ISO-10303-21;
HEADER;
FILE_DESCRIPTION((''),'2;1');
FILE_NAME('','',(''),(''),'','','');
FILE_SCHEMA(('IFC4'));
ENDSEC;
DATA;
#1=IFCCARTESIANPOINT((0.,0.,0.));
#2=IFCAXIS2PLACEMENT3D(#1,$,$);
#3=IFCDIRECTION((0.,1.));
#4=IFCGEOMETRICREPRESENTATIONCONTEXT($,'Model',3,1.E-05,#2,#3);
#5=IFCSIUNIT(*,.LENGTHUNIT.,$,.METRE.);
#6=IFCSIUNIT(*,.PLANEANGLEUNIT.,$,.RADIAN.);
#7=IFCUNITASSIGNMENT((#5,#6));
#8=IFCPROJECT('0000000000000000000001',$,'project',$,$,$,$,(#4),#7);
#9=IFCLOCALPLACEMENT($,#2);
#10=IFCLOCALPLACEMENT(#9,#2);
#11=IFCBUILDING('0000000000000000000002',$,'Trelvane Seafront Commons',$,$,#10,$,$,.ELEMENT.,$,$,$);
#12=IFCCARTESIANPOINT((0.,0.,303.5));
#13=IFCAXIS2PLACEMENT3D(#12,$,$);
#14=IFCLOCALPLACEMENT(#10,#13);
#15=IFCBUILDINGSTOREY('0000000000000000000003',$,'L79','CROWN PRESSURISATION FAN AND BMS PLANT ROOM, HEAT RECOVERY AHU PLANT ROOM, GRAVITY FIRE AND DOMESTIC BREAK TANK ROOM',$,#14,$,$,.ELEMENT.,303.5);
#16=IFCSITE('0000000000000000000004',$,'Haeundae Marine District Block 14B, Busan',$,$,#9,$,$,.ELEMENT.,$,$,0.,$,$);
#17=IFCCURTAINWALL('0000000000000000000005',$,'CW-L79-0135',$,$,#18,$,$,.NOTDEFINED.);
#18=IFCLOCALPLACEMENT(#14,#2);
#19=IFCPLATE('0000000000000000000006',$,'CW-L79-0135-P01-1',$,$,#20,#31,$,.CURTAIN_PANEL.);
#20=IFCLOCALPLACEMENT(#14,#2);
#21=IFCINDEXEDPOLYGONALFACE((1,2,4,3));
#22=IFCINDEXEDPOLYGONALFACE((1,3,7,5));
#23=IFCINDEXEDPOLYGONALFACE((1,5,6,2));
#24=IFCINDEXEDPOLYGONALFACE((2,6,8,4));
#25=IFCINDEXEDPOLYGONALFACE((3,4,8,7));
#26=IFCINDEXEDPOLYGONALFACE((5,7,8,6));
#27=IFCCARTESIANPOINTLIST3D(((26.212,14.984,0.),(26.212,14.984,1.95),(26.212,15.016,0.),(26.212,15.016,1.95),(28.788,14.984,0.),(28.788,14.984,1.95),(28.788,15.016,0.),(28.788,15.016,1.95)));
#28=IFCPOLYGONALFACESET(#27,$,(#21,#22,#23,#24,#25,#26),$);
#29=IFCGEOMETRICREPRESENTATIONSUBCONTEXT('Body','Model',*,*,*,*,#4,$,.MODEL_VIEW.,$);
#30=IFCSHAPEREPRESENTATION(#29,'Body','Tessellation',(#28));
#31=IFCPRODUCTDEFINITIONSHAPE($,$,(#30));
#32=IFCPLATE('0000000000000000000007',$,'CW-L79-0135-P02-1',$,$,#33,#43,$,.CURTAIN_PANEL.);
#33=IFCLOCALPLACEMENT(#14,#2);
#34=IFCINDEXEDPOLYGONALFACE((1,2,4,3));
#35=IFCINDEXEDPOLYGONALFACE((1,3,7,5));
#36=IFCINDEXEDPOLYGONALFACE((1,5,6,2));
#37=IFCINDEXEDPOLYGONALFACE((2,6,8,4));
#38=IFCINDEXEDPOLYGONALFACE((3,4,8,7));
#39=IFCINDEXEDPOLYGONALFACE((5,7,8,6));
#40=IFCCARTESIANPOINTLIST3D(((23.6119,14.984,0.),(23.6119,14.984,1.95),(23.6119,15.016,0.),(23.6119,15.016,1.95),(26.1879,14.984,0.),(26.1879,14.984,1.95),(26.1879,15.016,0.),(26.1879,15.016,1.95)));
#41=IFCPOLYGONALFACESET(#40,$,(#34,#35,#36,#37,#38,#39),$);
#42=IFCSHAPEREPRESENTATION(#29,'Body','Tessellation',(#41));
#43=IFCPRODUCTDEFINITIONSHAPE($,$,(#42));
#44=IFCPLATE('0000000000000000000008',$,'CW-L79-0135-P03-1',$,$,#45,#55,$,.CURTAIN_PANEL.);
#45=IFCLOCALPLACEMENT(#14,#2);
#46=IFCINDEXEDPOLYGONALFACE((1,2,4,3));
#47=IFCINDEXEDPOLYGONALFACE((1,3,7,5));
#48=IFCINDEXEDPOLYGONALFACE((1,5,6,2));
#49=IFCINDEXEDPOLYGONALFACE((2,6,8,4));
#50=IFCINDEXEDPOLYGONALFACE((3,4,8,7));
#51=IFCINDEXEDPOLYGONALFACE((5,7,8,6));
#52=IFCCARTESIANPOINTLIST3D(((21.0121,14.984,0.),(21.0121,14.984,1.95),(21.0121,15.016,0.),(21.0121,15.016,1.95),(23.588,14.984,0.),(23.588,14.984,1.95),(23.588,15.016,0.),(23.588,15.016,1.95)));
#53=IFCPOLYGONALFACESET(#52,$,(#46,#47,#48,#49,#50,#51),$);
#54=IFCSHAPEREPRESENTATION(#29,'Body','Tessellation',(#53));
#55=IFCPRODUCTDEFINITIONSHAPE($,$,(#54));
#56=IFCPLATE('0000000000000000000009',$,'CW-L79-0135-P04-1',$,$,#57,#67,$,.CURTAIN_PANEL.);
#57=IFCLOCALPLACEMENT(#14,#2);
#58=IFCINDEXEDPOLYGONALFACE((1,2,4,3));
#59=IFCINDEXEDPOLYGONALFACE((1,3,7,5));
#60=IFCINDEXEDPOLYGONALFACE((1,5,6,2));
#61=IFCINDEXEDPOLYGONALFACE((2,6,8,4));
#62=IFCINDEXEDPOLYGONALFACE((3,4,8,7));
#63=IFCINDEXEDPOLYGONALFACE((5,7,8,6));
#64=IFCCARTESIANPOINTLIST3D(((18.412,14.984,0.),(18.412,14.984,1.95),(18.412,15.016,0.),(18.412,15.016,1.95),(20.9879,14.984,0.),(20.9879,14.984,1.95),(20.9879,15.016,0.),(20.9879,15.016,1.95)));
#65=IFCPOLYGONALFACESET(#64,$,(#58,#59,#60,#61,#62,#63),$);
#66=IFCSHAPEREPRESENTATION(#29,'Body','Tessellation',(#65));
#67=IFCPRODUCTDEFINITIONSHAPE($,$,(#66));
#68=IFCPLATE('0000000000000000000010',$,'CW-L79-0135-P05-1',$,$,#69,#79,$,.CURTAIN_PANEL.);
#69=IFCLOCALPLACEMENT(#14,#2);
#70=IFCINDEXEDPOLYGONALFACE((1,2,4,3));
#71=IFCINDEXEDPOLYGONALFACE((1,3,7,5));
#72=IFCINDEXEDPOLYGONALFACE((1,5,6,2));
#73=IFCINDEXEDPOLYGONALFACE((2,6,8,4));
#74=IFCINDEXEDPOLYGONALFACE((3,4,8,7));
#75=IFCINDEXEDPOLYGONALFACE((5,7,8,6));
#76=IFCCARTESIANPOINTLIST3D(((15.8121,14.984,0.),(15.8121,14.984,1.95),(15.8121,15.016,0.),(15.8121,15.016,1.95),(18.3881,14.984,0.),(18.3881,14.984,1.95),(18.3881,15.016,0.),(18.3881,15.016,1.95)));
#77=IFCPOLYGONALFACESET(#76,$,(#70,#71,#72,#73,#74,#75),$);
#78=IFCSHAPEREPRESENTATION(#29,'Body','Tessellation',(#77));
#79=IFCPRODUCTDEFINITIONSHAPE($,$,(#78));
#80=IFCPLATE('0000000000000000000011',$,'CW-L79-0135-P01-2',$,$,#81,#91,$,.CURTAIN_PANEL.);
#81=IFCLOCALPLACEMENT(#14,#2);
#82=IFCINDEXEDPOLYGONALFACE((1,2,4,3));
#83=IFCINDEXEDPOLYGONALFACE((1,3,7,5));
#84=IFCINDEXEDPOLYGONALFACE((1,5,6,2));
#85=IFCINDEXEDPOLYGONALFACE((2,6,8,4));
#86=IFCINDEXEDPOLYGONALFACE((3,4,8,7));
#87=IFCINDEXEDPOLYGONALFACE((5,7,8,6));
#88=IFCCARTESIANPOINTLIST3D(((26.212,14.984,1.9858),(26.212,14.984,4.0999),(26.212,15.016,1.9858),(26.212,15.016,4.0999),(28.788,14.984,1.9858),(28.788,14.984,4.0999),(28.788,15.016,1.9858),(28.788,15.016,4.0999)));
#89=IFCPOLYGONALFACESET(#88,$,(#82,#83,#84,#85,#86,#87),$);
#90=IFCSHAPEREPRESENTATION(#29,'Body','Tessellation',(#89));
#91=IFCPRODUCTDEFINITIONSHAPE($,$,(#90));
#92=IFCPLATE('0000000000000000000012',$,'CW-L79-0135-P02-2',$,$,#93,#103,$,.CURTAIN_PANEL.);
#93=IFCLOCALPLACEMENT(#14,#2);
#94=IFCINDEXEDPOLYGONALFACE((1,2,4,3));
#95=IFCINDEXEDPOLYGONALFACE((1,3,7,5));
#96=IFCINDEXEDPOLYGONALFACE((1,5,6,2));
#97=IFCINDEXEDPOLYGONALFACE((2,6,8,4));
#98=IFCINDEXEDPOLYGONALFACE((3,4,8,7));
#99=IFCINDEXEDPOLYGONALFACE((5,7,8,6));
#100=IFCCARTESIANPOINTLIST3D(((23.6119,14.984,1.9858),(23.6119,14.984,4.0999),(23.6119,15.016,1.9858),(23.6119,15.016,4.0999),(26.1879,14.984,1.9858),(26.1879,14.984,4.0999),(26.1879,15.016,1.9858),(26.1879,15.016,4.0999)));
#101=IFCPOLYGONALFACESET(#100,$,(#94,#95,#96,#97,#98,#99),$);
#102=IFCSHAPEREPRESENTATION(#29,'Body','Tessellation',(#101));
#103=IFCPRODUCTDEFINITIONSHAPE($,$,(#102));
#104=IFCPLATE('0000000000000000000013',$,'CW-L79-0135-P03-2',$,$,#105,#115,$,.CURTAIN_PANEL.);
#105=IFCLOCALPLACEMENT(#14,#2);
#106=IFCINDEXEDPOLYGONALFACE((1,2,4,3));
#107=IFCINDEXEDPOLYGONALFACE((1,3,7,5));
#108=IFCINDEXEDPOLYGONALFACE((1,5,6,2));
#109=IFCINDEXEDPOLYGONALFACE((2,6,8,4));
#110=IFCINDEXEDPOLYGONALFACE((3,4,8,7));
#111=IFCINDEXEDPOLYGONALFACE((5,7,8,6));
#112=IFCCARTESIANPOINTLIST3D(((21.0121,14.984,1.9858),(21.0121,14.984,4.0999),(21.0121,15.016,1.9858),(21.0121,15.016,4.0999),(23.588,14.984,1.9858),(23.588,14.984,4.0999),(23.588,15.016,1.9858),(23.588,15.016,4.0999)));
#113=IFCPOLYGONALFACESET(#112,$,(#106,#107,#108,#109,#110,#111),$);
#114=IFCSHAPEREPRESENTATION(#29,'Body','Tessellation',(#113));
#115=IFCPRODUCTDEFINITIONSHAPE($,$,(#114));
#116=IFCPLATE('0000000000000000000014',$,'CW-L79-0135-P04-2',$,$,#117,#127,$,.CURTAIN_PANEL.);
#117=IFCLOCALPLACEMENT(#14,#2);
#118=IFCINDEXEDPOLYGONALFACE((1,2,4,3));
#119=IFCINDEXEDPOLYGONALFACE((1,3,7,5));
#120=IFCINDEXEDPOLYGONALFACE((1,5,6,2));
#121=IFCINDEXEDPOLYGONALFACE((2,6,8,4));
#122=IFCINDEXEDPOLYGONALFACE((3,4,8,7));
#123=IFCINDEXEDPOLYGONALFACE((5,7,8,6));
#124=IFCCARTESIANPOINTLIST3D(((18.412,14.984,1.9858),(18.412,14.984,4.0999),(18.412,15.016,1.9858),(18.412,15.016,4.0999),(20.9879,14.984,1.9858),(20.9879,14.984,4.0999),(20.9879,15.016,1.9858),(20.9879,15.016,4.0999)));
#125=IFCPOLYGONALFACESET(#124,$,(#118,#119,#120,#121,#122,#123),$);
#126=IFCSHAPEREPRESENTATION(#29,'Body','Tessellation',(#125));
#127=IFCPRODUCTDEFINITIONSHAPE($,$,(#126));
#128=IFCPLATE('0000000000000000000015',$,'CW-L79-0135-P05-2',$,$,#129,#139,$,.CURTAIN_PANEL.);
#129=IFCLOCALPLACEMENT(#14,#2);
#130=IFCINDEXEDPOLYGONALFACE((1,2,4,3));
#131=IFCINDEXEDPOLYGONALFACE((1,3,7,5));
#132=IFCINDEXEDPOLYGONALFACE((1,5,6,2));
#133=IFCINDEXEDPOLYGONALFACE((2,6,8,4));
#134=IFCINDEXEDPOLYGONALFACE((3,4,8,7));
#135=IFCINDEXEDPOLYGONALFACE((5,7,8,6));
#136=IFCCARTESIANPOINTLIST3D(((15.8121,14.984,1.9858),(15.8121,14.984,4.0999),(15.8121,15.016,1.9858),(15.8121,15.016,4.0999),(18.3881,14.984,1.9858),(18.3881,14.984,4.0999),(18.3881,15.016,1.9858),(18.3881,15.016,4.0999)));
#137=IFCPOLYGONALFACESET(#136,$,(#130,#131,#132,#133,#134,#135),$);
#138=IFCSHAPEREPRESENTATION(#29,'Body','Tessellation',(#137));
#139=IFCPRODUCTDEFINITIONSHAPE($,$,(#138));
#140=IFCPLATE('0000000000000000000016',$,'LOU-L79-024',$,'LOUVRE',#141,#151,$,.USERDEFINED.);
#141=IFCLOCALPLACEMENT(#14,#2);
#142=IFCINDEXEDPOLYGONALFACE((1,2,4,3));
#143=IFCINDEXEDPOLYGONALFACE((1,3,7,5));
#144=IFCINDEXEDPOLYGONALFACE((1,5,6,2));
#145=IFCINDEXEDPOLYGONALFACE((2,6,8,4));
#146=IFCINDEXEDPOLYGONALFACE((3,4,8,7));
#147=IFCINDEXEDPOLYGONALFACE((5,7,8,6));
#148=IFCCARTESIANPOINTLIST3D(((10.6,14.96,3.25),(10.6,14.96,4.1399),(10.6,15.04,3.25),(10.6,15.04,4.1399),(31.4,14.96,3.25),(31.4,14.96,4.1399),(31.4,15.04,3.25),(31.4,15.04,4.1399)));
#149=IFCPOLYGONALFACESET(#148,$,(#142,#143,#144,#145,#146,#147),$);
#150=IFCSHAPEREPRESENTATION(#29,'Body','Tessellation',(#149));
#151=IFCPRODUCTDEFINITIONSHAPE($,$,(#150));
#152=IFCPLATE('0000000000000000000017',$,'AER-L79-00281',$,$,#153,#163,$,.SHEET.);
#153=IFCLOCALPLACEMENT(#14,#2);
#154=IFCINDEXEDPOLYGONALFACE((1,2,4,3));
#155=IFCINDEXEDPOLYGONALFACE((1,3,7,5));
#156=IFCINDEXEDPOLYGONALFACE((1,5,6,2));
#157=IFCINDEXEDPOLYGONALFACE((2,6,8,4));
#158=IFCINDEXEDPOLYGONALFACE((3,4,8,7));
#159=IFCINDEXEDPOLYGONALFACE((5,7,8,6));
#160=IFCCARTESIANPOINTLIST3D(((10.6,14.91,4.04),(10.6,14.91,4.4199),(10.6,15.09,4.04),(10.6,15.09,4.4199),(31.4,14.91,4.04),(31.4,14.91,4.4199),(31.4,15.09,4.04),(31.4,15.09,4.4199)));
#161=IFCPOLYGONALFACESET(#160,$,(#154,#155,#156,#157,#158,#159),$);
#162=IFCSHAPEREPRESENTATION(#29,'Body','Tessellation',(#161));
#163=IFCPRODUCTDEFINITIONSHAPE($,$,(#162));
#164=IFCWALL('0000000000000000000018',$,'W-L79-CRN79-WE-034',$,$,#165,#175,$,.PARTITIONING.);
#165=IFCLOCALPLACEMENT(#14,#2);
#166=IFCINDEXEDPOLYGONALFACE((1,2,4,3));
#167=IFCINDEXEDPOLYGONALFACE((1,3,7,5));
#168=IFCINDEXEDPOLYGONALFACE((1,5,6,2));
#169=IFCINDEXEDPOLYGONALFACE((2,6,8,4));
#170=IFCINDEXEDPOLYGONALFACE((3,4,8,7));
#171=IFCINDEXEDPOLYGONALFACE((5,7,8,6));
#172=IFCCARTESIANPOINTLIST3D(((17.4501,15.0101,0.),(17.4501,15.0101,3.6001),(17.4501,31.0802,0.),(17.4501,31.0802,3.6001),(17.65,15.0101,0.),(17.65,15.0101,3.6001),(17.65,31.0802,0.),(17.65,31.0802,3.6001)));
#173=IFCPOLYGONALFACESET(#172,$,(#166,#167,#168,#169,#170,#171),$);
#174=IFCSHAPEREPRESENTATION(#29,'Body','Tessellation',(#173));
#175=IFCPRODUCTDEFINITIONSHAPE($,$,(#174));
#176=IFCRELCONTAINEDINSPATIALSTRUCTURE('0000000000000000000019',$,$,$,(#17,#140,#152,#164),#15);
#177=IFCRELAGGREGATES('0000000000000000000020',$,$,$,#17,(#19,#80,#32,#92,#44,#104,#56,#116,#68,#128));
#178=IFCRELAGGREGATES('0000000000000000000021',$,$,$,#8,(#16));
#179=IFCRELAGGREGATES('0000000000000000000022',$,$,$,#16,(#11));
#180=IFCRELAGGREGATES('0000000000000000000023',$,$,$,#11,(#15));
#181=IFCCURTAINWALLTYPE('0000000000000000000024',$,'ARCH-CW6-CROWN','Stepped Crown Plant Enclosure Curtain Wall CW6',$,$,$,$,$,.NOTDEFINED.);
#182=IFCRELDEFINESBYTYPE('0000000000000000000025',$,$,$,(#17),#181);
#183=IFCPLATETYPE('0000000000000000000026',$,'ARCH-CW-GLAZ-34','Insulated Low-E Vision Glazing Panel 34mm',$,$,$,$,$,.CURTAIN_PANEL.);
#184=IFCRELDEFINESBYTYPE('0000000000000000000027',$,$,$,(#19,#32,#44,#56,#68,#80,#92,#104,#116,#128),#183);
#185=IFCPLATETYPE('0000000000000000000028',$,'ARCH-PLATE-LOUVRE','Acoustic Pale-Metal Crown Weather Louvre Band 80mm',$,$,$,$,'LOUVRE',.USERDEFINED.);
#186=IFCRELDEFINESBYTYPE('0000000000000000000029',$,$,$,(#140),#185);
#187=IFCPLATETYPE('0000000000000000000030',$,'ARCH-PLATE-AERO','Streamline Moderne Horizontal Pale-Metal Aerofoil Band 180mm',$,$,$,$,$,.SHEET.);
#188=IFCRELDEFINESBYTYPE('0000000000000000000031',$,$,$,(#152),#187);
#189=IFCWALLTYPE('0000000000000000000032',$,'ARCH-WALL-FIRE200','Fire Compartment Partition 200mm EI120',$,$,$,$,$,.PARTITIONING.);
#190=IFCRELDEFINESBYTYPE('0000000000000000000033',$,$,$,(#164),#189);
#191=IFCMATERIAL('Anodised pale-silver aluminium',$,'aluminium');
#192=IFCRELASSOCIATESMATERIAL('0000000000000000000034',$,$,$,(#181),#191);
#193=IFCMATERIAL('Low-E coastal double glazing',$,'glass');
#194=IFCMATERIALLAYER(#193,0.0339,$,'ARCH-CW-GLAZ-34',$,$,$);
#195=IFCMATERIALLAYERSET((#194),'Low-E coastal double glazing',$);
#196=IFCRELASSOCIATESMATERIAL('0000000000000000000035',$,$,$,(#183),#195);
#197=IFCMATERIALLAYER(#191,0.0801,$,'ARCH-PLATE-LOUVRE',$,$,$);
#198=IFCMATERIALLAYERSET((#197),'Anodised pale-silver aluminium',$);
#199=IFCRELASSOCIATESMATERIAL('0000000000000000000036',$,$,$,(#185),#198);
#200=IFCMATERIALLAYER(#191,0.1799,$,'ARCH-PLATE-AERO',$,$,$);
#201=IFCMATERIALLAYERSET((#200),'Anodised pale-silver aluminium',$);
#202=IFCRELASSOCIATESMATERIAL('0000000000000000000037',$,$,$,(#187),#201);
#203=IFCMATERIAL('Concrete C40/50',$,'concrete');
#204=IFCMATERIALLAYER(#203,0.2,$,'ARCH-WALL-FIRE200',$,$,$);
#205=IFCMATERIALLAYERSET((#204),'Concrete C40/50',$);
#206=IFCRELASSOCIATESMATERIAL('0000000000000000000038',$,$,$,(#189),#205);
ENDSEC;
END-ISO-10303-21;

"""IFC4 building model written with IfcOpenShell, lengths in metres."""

from ifc_helpers import new_model, si_unit, direction, frame, frame_2d, origin, origin_2d, place, context, subcontext, project, spatial, rectangle, extrude, source, transform, mapped, material, layer, layer_set, type_object, element, aggregate, save


model = new_model("IFC4")

# Units and contexts
model_context = context("Model", 3, precision=1e-05, world=origin(), true_north=direction((0.0, 1.0)))
body_context = subcontext(model_context, "Body", "Model", "MODEL_VIEW")
ifc_project = project(units=[si_unit("LENGTHUNIT", "METRE"), si_unit("PLANEANGLEUNIT", "RADIAN")], contexts=[model_context])

# Site, building, storey
site_placement = place(None, origin())
site = spatial("IfcSite", under=ifc_project, at=site_placement, Name="Haeundae Marine District Block 14B, Busan", CompositionType="ELEMENT", RefElevation=0.0)
building_placement = place(site_placement, origin())
building = spatial("IfcBuilding", under=site, at=building_placement, Name="Trelvane Seafront Commons", CompositionType="ELEMENT")
storey_placement = place(building_placement, frame((0.0, 0.0, 303.5)))
storey = spatial("IfcBuildingStorey", under=building, at=storey_placement, Name="L79", Description="CROWN PRESSURISATION FAN AND BMS PLANT ROOM, HEAT RECOVERY AHU PLANT ROOM, GRAVITY FIRE AND DOMESTIC BREAK TANK ROOM", CompositionType="ELEMENT", Elevation=303.5)

# Curtain wall, plates
ifc_material_1 = material(Name="Anodised pale-silver aluminium", Category="aluminium")
curtain_wall_type = type_object("IfcCurtainWallType", Name="ARCH-CW6-CROWN", Description="Stepped Crown Plant Enclosure Curtain Wall CW6", PredefinedType="NOTDEFINED", material=ifc_material_1)
curtain_wall_placement = place(storey_placement, origin())
curtain_wall = element("IfcCurtainWall", 1, at=curtain_wall_placement, inside=storey, type_object=curtain_wall_type, Name="CW-L79-0135", PredefinedType="NOTDEFINED")
ifc_material_2 = material(Name="Low-E coastal double glazing", Category="glass")
ifc_layer_1 = layer(ifc_material_2, 0.0339, Name="ARCH-CW-GLAZ-34")
ifc_layer_set_1 = layer_set([ifc_layer_1], Name="Low-E coastal double glazing")
plate_type_1 = type_object("IfcPlateType", Name="ARCH-CW-GLAZ-34", Description="Insulated Low-E Vision Glazing Panel 34mm", PredefinedType="CURTAIN_PANEL", material=ifc_layer_set_1)
shared_shape_1 = source(origin(), body_context, "Body", "SweptSolid", [
    extrude(rectangle(XDim=2.5759, YDim=0.032, at=origin_2d()), origin(), (0.0, 0.0, 1.0), 1.95),
])
plate_1_placement = place(storey_placement, frame((27.5, 15.0, 0.0), z_axis=(0.0, 0.0, 1.0), x_axis=(-1.0, 0.0, 0.0)))
plate_1 = element("IfcPlate", 2, at=plate_1_placement, type_object=plate_type_1, Name="CW-L79-0135-P01-1", PredefinedType="CURTAIN_PANEL", context=body_context, shape_type="MappedRepresentation", body=[
    mapped(shared_shape_1, transform((0.0, 0.0, 0.0), x_axis=(1.0, 0.0, 0.0), y_axis=(0.0, 1.0, 0.0), z_axis=(0.0, 0.0, 1.0), scale=1.0)),
])
plate_2_placement = place(storey_placement, frame((24.8999, 15.0, 0.0), z_axis=(0.0, 0.0, 1.0), x_axis=(-1.0, 0.0, 0.0)))
plate_2 = element("IfcPlate", 3, at=plate_2_placement, type_object=plate_type_1, Name="CW-L79-0135-P02-1", PredefinedType="CURTAIN_PANEL", context=body_context, shape_type="MappedRepresentation", body=[
    mapped(shared_shape_1, transform((0.0, 0.0, 0.0), x_axis=(1.0, 0.0, 0.0), y_axis=(0.0, 1.0, 0.0), z_axis=(0.0, 0.0, 1.0), scale=1.0)),
])
plate_3_placement = place(storey_placement, frame((22.3, 15.0, 0.0), z_axis=(0.0, 0.0, 1.0), x_axis=(-1.0, 0.0, 0.0)))
plate_3 = element("IfcPlate", 4, at=plate_3_placement, type_object=plate_type_1, Name="CW-L79-0135-P03-1", PredefinedType="CURTAIN_PANEL", context=body_context, shape_type="MappedRepresentation", body=[
    mapped(shared_shape_1, transform((0.0, 0.0, 0.0), x_axis=(1.0, 0.0, 0.0), y_axis=(0.0, 1.0, 0.0), z_axis=(0.0, 0.0, 1.0), scale=1.0)),
])
plate_4_placement = place(storey_placement, frame((19.7, 15.0, 0.0), z_axis=(0.0, 0.0, 1.0), x_axis=(-1.0, 0.0, 0.0)))
plate_4 = element("IfcPlate", 5, at=plate_4_placement, type_object=plate_type_1, Name="CW-L79-0135-P04-1", PredefinedType="CURTAIN_PANEL", context=body_context, shape_type="MappedRepresentation", body=[
    mapped(shared_shape_1, transform((0.0, 0.0, 0.0), x_axis=(1.0, 0.0, 0.0), y_axis=(0.0, 1.0, 0.0), z_axis=(0.0, 0.0, 1.0), scale=1.0)),
])
plate_5_placement = place(storey_placement, frame((17.1001, 15.0, 0.0), z_axis=(0.0, 0.0, 1.0), x_axis=(-1.0, 0.0, 0.0)))
plate_5 = element("IfcPlate", 6, at=plate_5_placement, type_object=plate_type_1, Name="CW-L79-0135-P05-1", PredefinedType="CURTAIN_PANEL", context=body_context, shape_type="MappedRepresentation", body=[
    mapped(shared_shape_1, transform((0.0, 0.0, 0.0), x_axis=(1.0, 0.0, 0.0), y_axis=(0.0, 1.0, 0.0), z_axis=(0.0, 0.0, 1.0), scale=1.0)),
])
shared_shape_2 = source(origin(), body_context, "Body", "SweptSolid", [
    extrude(rectangle(XDim=2.5759, YDim=0.032, at=origin_2d()), origin(), (0.0, 0.0, 1.0), 2.114),
])
plate_6_placement = place(storey_placement, frame((27.5, 15.0, 1.9858), z_axis=(0.0, 0.0, 1.0), x_axis=(-1.0, 0.0, 0.0)))
plate_6 = element("IfcPlate", 7, at=plate_6_placement, type_object=plate_type_1, Name="CW-L79-0135-P01-2", PredefinedType="CURTAIN_PANEL", context=body_context, shape_type="MappedRepresentation", body=[
    mapped(shared_shape_2, transform((0.0, 0.0, 0.0), x_axis=(1.0, 0.0, 0.0), y_axis=(0.0, 1.0, 0.0), z_axis=(0.0, 0.0, 1.0), scale=1.0)),
])
plate_7_placement = place(storey_placement, frame((24.8999, 15.0, 1.9858), z_axis=(0.0, 0.0, 1.0), x_axis=(-1.0, 0.0, 0.0)))
plate_7 = element("IfcPlate", 8, at=plate_7_placement, type_object=plate_type_1, Name="CW-L79-0135-P02-2", PredefinedType="CURTAIN_PANEL", context=body_context, shape_type="MappedRepresentation", body=[
    mapped(shared_shape_2, transform((0.0, 0.0, 0.0), x_axis=(1.0, 0.0, 0.0), y_axis=(0.0, 1.0, 0.0), z_axis=(0.0, 0.0, 1.0), scale=1.0)),
])
plate_8_placement = place(storey_placement, frame((22.3, 15.0, 1.9858), z_axis=(0.0, 0.0, 1.0), x_axis=(-1.0, 0.0, 0.0)))
plate_8 = element("IfcPlate", 9, at=plate_8_placement, type_object=plate_type_1, Name="CW-L79-0135-P03-2", PredefinedType="CURTAIN_PANEL", context=body_context, shape_type="MappedRepresentation", body=[
    mapped(shared_shape_2, transform((0.0, 0.0, 0.0), x_axis=(1.0, 0.0, 0.0), y_axis=(0.0, 1.0, 0.0), z_axis=(0.0, 0.0, 1.0), scale=1.0)),
])
plate_9_placement = place(storey_placement, frame((19.7, 15.0, 1.9858), z_axis=(0.0, 0.0, 1.0), x_axis=(-1.0, 0.0, 0.0)))
plate_9 = element("IfcPlate", 10, at=plate_9_placement, type_object=plate_type_1, Name="CW-L79-0135-P04-2", PredefinedType="CURTAIN_PANEL", context=body_context, shape_type="MappedRepresentation", body=[
    mapped(shared_shape_2, transform((0.0, 0.0, 0.0), x_axis=(1.0, 0.0, 0.0), y_axis=(0.0, 1.0, 0.0), z_axis=(0.0, 0.0, 1.0), scale=1.0)),
])
plate_10_placement = place(storey_placement, frame((17.1001, 15.0, 1.9858), z_axis=(0.0, 0.0, 1.0), x_axis=(-1.0, 0.0, 0.0)))
plate_10 = element("IfcPlate", 11, at=plate_10_placement, type_object=plate_type_1, Name="CW-L79-0135-P05-2", PredefinedType="CURTAIN_PANEL", context=body_context, shape_type="MappedRepresentation", body=[
    mapped(shared_shape_2, transform((0.0, 0.0, 0.0), x_axis=(1.0, 0.0, 0.0), y_axis=(0.0, 1.0, 0.0), z_axis=(0.0, 0.0, 1.0), scale=1.0)),
])
aggregate(curtain_wall, [plate_1, plate_6, plate_2, plate_7, plate_3, plate_8, plate_4, plate_9, plate_5, plate_10])

# Plates
ifc_layer_2 = layer(ifc_material_1, 0.0801, Name="ARCH-PLATE-LOUVRE")
ifc_layer_set_2 = layer_set([ifc_layer_2], Name="Anodised pale-silver aluminium")
plate_type_2 = type_object("IfcPlateType", Name="ARCH-PLATE-LOUVRE", Description="Acoustic Pale-Metal Crown Weather Louvre Band 80mm", ElementType="LOUVRE", PredefinedType="USERDEFINED", material=ifc_layer_set_2)
shared_shape_3 = source(origin(), body_context, "Body", "SweptSolid", [
    extrude(rectangle(XDim=20.8, YDim=0.0801, at=origin_2d()), origin(), (0.0, 0.0, 1.0), 0.8899),
])
plate_11_placement = place(storey_placement, frame((21.0, 15.0, 3.25), z_axis=(0.0, 0.0, 1.0), x_axis=(-1.0, 0.0, 0.0)))
element("IfcPlate", 12, at=plate_11_placement, inside=storey, type_object=plate_type_2, Name="LOU-L79-024", ObjectType="LOUVRE", PredefinedType="USERDEFINED", context=body_context, shape_type="MappedRepresentation", body=[
    mapped(shared_shape_3, transform((0.0, 0.0, 0.0), x_axis=(1.0, 0.0, 0.0), y_axis=(0.0, 1.0, 0.0), z_axis=(0.0, 0.0, 1.0), scale=1.0)),
])
ifc_layer_3 = layer(ifc_material_1, 0.1799, Name="ARCH-PLATE-AERO")
ifc_layer_set_3 = layer_set([ifc_layer_3], Name="Anodised pale-silver aluminium")
plate_type_3 = type_object("IfcPlateType", Name="ARCH-PLATE-AERO", Description="Streamline Moderne Horizontal Pale-Metal Aerofoil Band 180mm", PredefinedType="SHEET", material=ifc_layer_set_3)
shared_shape_4 = source(origin(), body_context, "Body", "SweptSolid", [
    extrude(rectangle(XDim=20.8, YDim=0.1799, at=origin_2d()), origin(), (0.0, 0.0, 1.0), 0.3799),
])
plate_12_placement = place(storey_placement, frame((21.0, 15.0, 4.04), z_axis=(0.0, 0.0, 1.0), x_axis=(-1.0, 0.0, 0.0)))
element("IfcPlate", 13, at=plate_12_placement, inside=storey, type_object=plate_type_3, Name="AER-L79-00281", PredefinedType="SHEET", context=body_context, shape_type="MappedRepresentation", body=[
    mapped(shared_shape_4, transform((0.0, 0.0, 0.0), x_axis=(1.0, 0.0, 0.0), y_axis=(0.0, 1.0, 0.0), z_axis=(0.0, 0.0, 1.0), scale=1.0)),
])

# Wall
ifc_material_3 = material(Name="Concrete C40/50", Category="concrete")
ifc_layer_4 = layer(ifc_material_3, 0.2, Name="ARCH-WALL-FIRE200")
ifc_layer_set_4 = layer_set([ifc_layer_4], Name="Concrete C40/50")
wall_type_1 = type_object("IfcWallType", Name="ARCH-WALL-FIRE200", Description="Fire Compartment Partition 200mm EI120", PredefinedType="PARTITIONING", material=ifc_layer_set_4)
wall_1_placement = place(storey_placement, frame((17.55, 15.01, 0.0), z_axis=(0.0, 0.0, 1.0), x_axis=(0.0, 1.0, 0.0)))
element("IfcWall", 14, at=wall_1_placement, inside=storey, type_object=wall_type_1, Name="W-L79-CRN79-WE-034", PredefinedType="PARTITIONING", context=body_context, shape_type="SweptSolid", body=[
    extrude(rectangle(XDim=16.0701, YDim=0.2, at=frame_2d((8.0352, 0.0))), origin(), (0.0, 0.0, 1.0), 3.6001),
])

save(model, "model.ifc")
